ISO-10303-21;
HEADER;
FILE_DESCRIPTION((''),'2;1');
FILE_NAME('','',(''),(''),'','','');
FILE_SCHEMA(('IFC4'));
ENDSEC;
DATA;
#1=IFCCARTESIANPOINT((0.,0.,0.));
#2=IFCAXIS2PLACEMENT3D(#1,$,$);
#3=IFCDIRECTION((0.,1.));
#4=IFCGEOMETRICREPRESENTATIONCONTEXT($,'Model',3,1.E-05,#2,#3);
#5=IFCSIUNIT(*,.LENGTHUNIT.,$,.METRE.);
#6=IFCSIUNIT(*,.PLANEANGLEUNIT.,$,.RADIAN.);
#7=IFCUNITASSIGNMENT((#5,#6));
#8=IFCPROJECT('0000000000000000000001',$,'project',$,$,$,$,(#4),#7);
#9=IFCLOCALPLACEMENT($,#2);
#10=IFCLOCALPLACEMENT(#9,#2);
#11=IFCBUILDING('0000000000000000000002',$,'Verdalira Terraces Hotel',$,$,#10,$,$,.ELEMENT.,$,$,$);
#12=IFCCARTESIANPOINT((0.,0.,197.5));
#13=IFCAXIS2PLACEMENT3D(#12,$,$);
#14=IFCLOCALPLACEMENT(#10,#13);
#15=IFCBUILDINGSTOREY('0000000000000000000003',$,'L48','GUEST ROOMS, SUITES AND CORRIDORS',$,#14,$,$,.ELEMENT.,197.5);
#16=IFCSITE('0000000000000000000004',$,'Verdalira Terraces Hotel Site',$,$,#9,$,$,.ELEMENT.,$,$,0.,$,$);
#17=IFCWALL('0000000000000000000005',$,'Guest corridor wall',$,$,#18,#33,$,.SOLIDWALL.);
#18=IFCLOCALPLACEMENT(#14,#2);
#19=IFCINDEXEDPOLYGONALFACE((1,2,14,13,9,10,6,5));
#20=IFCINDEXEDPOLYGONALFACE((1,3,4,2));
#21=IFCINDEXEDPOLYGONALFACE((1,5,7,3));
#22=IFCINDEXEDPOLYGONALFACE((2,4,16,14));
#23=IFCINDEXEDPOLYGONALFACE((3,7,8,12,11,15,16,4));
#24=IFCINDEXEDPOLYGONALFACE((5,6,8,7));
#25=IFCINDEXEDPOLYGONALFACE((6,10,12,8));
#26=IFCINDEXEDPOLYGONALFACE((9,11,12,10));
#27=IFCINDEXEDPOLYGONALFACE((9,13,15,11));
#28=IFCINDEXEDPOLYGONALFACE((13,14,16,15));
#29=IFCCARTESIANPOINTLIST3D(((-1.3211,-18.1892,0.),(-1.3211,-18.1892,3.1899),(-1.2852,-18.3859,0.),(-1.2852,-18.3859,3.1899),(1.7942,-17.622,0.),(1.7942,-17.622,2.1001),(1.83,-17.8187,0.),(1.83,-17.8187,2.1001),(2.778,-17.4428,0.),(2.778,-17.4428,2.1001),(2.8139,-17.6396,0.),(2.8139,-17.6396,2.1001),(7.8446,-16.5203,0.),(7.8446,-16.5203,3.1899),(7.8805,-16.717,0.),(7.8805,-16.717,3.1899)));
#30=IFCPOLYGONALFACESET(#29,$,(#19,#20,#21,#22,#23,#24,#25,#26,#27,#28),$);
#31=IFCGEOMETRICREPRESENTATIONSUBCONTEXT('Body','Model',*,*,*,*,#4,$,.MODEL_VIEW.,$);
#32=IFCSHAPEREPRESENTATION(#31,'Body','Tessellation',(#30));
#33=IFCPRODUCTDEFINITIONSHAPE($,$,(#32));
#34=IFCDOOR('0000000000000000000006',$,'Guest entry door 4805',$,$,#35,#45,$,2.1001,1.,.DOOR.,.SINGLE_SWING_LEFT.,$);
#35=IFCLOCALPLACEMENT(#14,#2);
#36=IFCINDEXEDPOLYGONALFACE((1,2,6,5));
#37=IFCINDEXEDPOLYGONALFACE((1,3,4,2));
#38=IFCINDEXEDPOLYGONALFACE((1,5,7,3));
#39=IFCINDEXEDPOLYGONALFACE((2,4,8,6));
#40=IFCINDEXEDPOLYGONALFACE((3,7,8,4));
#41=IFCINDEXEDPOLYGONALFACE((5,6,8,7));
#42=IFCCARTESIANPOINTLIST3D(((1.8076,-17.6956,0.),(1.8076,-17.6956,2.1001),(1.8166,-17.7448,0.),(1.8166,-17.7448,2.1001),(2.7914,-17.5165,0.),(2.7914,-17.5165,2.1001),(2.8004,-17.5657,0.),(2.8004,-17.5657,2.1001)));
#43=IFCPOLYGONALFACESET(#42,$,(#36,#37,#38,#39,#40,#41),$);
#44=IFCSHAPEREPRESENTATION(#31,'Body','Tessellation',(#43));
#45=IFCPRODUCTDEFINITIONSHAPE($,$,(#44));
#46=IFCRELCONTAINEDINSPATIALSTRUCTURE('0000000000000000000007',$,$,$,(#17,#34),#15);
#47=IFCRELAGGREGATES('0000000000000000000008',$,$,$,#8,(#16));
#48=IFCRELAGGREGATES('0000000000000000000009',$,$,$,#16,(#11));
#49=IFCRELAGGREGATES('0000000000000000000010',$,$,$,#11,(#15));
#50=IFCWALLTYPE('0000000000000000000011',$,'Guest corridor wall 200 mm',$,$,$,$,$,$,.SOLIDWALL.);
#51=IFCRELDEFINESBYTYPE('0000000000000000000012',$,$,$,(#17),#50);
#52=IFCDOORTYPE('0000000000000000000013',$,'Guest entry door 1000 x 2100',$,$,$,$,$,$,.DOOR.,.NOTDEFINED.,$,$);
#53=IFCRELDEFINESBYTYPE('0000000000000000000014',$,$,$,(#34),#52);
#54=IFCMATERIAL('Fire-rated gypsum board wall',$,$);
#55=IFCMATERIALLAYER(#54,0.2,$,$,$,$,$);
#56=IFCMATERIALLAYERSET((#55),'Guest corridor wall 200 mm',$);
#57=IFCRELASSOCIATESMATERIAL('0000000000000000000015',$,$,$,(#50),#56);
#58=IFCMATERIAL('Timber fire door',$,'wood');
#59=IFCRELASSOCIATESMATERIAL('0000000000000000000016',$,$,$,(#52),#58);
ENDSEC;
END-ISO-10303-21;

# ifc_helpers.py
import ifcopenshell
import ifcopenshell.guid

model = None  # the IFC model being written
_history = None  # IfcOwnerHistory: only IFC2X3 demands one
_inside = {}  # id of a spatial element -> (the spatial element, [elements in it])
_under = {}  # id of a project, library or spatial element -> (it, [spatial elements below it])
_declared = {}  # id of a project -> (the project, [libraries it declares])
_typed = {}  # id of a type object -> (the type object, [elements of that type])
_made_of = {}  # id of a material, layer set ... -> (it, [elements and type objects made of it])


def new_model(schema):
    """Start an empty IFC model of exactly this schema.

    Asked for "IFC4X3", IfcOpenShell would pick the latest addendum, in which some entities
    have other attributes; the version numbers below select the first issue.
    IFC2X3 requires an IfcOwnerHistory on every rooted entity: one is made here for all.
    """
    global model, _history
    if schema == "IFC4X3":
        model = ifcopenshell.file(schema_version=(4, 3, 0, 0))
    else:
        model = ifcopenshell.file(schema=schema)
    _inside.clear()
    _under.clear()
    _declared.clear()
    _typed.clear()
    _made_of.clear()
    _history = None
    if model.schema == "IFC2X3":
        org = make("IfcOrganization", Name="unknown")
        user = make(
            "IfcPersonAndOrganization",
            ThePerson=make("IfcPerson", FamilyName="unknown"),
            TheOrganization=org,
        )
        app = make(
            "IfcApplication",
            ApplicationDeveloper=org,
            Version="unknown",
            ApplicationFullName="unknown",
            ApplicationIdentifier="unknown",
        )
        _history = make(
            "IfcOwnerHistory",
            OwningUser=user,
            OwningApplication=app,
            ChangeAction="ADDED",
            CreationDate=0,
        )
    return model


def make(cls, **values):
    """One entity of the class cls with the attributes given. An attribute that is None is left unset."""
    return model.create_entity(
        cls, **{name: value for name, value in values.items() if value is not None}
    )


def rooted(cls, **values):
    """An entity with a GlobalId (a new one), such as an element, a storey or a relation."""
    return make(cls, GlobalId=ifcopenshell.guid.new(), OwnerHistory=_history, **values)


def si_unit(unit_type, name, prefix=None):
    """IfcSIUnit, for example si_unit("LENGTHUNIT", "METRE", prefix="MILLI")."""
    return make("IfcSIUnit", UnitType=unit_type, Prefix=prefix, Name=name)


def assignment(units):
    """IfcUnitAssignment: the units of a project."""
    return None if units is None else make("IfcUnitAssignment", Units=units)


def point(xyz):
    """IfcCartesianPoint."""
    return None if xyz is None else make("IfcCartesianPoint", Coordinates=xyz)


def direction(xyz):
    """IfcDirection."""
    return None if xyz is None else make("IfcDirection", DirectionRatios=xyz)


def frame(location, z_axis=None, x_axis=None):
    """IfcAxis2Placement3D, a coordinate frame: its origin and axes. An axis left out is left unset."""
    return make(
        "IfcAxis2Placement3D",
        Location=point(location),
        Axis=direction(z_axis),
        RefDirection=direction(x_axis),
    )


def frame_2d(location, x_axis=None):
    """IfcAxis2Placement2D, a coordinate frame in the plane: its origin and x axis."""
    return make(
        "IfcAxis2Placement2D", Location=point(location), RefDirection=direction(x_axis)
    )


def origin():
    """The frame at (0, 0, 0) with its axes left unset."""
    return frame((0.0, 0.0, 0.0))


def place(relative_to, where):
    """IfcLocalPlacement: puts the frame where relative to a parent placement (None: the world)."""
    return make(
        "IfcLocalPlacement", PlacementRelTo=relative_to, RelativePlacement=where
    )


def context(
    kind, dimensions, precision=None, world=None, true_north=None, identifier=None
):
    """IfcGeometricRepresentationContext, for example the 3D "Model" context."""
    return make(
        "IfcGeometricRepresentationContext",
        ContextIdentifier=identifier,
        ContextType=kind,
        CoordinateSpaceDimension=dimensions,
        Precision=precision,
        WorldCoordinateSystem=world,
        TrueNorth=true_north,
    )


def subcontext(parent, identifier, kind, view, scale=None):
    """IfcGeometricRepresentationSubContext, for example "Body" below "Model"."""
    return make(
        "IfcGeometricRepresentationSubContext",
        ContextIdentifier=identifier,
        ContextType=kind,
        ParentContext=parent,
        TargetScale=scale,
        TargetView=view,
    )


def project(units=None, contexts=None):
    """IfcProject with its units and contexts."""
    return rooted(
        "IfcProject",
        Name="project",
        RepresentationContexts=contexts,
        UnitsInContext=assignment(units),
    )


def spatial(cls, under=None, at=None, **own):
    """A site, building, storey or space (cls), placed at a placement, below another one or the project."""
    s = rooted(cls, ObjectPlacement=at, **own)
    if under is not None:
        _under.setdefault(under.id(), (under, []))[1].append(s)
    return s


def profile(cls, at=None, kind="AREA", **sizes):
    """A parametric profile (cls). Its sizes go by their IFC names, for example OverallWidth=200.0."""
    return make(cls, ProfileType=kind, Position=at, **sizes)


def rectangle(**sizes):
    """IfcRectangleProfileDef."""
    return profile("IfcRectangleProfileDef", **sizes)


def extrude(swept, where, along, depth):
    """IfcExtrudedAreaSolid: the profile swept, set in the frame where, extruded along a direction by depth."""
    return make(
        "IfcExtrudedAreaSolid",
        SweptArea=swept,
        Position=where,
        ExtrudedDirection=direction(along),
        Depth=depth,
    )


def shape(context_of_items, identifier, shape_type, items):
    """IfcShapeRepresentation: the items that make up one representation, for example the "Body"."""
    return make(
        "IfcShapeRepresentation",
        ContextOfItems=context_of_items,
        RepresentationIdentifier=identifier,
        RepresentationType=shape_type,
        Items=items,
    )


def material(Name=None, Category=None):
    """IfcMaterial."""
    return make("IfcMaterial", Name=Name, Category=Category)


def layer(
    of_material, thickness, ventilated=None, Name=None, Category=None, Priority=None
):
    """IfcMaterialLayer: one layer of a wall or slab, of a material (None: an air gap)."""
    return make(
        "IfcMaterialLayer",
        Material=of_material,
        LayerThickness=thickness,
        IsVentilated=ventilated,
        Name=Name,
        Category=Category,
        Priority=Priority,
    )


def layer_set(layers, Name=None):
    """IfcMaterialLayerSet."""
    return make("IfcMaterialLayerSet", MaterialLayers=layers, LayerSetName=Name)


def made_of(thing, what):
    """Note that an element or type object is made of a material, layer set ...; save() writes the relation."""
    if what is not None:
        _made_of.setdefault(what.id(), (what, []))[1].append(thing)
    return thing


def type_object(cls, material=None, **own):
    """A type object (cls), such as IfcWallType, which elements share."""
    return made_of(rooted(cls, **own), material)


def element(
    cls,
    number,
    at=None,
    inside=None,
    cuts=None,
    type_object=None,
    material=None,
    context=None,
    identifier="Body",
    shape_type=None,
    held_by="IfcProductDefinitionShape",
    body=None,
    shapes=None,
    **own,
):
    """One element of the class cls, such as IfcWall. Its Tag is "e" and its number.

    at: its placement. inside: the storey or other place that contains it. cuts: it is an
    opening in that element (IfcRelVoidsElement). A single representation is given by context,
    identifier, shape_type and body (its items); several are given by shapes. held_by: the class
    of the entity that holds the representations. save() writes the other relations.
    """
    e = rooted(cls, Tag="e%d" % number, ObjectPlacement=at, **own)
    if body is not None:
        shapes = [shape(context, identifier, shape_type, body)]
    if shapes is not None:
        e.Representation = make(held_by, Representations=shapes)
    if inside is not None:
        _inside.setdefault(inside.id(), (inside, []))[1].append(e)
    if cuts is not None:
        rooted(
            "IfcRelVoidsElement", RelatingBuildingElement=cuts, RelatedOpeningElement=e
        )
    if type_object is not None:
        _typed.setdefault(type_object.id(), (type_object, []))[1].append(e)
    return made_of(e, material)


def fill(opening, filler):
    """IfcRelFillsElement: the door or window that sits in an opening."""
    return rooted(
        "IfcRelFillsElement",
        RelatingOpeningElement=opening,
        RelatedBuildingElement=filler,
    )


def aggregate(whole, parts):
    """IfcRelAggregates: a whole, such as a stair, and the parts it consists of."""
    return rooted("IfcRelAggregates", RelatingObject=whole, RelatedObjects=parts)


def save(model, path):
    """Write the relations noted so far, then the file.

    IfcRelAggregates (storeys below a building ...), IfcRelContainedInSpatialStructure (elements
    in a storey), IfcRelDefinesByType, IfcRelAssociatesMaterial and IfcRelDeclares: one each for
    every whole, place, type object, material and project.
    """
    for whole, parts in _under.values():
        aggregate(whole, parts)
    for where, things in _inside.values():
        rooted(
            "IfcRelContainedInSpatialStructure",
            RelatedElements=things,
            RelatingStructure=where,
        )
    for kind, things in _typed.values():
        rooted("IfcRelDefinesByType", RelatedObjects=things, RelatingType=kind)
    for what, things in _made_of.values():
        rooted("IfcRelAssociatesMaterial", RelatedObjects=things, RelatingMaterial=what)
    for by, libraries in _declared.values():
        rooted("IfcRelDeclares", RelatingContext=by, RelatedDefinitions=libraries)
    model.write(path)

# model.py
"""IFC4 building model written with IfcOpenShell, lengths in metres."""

from ifc_helpers import new_model, si_unit, direction, frame, frame_2d, origin, place, context, subcontext, project, spatial, rectangle, extrude, material, layer, layer_set, type_object, element, fill, save


model = new_model("IFC4")

# Units and contexts
model_context = context("Model", 3, precision=1e-05, world=origin(), true_north=direction((0.0, 1.0)))
body_context = subcontext(model_context, "Body", "Model", "MODEL_VIEW")
ifc_project = project(units=[si_unit("LENGTHUNIT", "METRE"), si_unit("PLANEANGLEUNIT", "RADIAN")], contexts=[model_context])

# Site, building, storey
site_placement = place(None, origin())
site = spatial("IfcSite", under=ifc_project, at=site_placement, Name="Verdalira Terraces Hotel Site", CompositionType="ELEMENT", RefElevation=0.0)
building_placement = place(site_placement, origin())
building = spatial("IfcBuilding", under=site, at=building_placement, Name="Verdalira Terraces Hotel", CompositionType="ELEMENT")
storey_placement = place(building_placement, frame((0.0, 0.0, 197.5)))
storey = spatial("IfcBuildingStorey", under=building, at=storey_placement, Name="L48", Description="GUEST ROOMS, SUITES AND CORRIDORS", CompositionType="ELEMENT", Elevation=197.5)

# Wall, opening, door
ifc_material_1 = material(Name="Fire-rated gypsum board wall")
ifc_layer_1 = layer(ifc_material_1, 0.2)
ifc_layer_set_1 = layer_set([ifc_layer_1], Name="Guest corridor wall 200 mm")
wall_type_1 = type_object("IfcWallType", Name="Guest corridor wall 200 mm", PredefinedType="SOLIDWALL", material=ifc_layer_set_1)
wall_1_placement = place(storey_placement, frame((7.8625, -16.6187, 0.0), z_axis=(0.0, 0.0, 1.0), x_axis=(-0.983824, -0.179139, 0.0)))
wall_1 = element("IfcWall", 1, at=wall_1_placement, inside=storey, type_object=wall_type_1, Name="Guest corridor wall", PredefinedType="SOLIDWALL", context=body_context, shape_type="SweptSolid", body=[
    extrude(rectangle(XDim=9.3164, YDim=0.2, at=frame_2d((4.6582, 0.0))), origin(), (0.0, 0.0, 1.0), 3.1899),
])
opening_1_placement = place(wall_1_placement, frame((5.1499, 0.0, 0.0)))
opening_1 = element("IfcOpeningElement", 2, at=opening_1_placement, cuts=wall_1, PredefinedType="OPENING", context=body_context, shape_type="SweptSolid", body=[
    extrude(rectangle(XDim=1.0, YDim=2.1001, at=frame_2d((0.5, 1.05))), frame((0.0, 0.1099, 0.0), z_axis=(0.0, -1.0, 0.0), x_axis=(1.0, 0.0, 0.0)), (0.0, 0.0, 1.0), 0.22),
])
ifc_material_2 = material(Name="Timber fire door", Category="wood")
door_type_1 = type_object("IfcDoorType", Name="Guest entry door 1000 x 2100", OperationType="NOTDEFINED", PredefinedType="DOOR", material=ifc_material_2)
door_1_placement = place(opening_1_placement, origin())
door_1 = element("IfcDoor", 3, at=door_1_placement, inside=storey, type_object=door_type_1, Name="Guest entry door 4805", OperationType="SINGLE_SWING_LEFT", OverallHeight=2.1001, OverallWidth=1.0, PredefinedType="DOOR", context=body_context, shape_type="SweptSolid", body=[
    extrude(rectangle(XDim=1.0, YDim=2.1001, at=frame_2d((0.5, 1.05))), frame((0.0, 0.0249, 0.0), z_axis=(0.0, -1.0, 0.0), x_axis=(1.0, 0.0, 0.0)), (0.0, 0.0, 1.0), 0.05),
])
fill(opening_1, door_1)

save(model, "model.ifc")
